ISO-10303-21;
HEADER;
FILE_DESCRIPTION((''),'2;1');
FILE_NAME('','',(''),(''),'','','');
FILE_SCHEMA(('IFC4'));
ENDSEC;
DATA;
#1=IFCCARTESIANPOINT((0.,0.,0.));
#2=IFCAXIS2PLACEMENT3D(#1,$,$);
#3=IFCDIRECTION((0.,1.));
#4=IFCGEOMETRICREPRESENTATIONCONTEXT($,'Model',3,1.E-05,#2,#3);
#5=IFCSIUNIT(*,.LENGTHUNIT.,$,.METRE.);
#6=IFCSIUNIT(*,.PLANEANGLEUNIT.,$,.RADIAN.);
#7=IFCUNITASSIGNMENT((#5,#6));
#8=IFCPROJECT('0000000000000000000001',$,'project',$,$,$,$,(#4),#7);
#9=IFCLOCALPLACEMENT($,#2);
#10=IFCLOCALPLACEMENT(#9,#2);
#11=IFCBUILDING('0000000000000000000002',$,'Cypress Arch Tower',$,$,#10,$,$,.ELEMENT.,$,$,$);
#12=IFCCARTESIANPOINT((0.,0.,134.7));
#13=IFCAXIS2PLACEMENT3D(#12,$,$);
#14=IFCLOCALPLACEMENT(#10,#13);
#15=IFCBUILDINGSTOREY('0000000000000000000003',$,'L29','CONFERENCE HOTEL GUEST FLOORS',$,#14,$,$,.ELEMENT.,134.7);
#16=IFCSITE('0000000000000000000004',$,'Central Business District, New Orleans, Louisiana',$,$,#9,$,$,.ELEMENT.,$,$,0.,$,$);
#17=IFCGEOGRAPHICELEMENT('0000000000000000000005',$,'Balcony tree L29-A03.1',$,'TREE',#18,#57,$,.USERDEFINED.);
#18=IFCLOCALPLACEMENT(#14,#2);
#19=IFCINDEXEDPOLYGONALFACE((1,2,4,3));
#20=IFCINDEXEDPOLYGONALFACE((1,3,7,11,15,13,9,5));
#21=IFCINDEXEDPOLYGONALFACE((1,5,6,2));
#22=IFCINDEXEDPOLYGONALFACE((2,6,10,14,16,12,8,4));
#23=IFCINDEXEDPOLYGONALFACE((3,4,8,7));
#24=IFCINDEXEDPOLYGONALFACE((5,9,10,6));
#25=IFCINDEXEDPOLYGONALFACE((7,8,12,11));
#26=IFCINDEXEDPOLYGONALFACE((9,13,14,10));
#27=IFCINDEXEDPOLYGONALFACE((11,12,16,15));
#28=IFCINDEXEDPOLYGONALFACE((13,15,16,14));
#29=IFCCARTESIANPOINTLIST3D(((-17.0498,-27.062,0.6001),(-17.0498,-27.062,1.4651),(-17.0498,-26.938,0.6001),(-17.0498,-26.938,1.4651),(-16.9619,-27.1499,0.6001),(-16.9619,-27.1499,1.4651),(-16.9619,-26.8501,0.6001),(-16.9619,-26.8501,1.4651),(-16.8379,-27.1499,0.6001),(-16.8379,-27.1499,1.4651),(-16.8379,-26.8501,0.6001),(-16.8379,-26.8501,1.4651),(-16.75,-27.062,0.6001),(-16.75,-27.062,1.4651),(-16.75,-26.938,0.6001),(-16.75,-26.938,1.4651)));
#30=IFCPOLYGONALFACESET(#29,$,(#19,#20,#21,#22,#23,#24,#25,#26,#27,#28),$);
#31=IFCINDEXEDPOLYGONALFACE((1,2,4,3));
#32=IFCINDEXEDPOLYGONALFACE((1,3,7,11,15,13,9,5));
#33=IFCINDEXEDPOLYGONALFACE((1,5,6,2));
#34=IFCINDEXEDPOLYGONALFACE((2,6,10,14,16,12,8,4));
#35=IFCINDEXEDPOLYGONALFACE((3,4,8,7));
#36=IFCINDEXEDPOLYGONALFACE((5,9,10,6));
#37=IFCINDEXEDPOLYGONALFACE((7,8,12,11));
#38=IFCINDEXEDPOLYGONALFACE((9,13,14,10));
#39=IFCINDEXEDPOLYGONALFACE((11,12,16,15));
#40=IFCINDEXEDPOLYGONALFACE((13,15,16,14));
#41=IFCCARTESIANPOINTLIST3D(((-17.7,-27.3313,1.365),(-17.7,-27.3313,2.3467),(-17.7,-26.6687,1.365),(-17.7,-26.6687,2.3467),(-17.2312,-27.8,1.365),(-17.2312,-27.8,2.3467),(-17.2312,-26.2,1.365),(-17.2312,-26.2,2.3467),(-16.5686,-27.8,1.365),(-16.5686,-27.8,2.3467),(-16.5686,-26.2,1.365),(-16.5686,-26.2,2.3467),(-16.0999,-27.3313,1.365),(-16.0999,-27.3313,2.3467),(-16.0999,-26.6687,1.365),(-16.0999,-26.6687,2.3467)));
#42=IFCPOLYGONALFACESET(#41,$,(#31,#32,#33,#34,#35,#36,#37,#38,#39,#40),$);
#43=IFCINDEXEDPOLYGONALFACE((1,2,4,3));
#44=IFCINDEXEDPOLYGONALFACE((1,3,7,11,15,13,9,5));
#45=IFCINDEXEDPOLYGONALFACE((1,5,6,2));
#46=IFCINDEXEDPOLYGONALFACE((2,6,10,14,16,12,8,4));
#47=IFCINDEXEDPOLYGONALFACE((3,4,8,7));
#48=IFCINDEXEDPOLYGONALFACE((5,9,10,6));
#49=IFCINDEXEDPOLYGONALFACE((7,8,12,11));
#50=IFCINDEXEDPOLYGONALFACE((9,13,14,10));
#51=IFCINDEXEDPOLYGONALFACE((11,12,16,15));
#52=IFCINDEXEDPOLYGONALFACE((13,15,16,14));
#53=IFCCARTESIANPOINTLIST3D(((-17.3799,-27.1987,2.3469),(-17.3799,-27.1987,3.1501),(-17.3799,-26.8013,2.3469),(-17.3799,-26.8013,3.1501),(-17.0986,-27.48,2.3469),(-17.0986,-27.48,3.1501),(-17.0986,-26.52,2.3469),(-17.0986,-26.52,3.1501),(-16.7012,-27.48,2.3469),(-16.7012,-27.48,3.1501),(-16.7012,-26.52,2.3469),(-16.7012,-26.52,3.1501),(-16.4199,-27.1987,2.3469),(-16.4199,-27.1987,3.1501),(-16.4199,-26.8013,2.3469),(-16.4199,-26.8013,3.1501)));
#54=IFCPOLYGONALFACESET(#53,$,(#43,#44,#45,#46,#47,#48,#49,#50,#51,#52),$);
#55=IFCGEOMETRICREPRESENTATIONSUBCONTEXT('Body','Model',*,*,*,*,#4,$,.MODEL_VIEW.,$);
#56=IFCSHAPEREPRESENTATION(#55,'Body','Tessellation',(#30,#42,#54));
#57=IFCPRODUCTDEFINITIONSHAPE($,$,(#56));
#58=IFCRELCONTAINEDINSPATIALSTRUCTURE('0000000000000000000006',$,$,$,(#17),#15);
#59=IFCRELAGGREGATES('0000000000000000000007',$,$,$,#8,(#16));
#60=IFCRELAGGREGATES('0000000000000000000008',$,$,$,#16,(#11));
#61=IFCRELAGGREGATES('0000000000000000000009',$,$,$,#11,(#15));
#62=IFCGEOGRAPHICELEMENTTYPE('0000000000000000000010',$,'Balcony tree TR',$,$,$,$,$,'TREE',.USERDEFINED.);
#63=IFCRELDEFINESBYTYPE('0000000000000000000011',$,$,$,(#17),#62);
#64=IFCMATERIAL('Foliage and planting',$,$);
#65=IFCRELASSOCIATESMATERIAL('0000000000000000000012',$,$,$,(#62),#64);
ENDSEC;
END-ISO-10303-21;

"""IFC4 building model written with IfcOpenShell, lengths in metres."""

from ifc_helpers import new_model, si_unit, direction, frame, origin, place, context, subcontext, project, spatial, polyline, outline, extrude, material, type_object, element, save


model = new_model("IFC4")

# Units and contexts
model_context = context("Model", 3, precision=1e-05, world=origin(), true_north=direction((0.0, 1.0)))
body_context = subcontext(model_context, "Body", "Model", "MODEL_VIEW")
ifc_project = project(units=[si_unit("LENGTHUNIT", "METRE"), si_unit("PLANEANGLEUNIT", "RADIAN")], contexts=[model_context])

# Site, building, storey
site_placement = place(None, origin())
site = spatial("IfcSite", under=ifc_project, at=site_placement, Name="Central Business District, New Orleans, Louisiana", CompositionType="ELEMENT", RefElevation=0.0)
building_placement = place(site_placement, origin())
building = spatial("IfcBuilding", under=site, at=building_placement, Name="Cypress Arch Tower", CompositionType="ELEMENT")
storey_placement = place(building_placement, frame((0.0, 0.0, 134.7)))
storey = spatial("IfcBuildingStorey", under=building, at=storey_placement, Name="L29", Description="CONFERENCE HOTEL GUEST FLOORS", CompositionType="ELEMENT", Elevation=134.7)

# Geographic element
ifc_material_1 = material(Name="Foliage and planting")
geographic_element_type = type_object("IfcGeographicElementType", Name="Balcony tree TR", ElementType="TREE", PredefinedType="USERDEFINED", material=ifc_material_1)
geographic_element_placement = place(storey_placement, frame((-16.8999, -27.0, 0.6001), z_axis=(0.0, 0.0, 1.0), x_axis=(1.0, 0.0, 0.0)))
element("IfcGeographicElement", 1, at=geographic_element_placement, inside=storey, type_object=geographic_element_type, Name="Balcony tree L29-A03.1", ObjectType="TREE", PredefinedType="USERDEFINED", context=body_context, shape_type="SweptSolid", body=[
    extrude(outline(polyline([(0.1499, 0.062), (0.062, 0.1499), (-0.062, 0.1499), (-0.1499, 0.062), (-0.1499, -0.062), (-0.062, -0.1499), (0.062, -0.1499), (0.1499, -0.062), (0.1499, 0.062)])), origin(), (0.0, 0.0, 1.0), 0.865),
    extrude(outline(polyline([(0.8, 0.3313), (0.3313, 0.8), (-0.3313, 0.8), (-0.8, 0.3313), (-0.8, -0.3313), (-0.3313, -0.8), (0.3313, -0.8), (0.8, -0.3313), (0.8, 0.3313)])), frame((0.0, 0.0, 0.7649)), (0.0, 0.0, 1.0), 0.9817),
    extrude(outline(polyline([(0.48, 0.1987), (0.1987, 0.48), (-0.1987, 0.48), (-0.48, 0.1987), (-0.48, -0.1987), (-0.1987, -0.48), (0.1987, -0.48), (0.48, -0.1987), (0.48, 0.1987)])), frame((0.0, 0.0, 1.7468)), (0.0, 0.0, 1.0), 0.8032),
])

save(model, "model.ifc")
